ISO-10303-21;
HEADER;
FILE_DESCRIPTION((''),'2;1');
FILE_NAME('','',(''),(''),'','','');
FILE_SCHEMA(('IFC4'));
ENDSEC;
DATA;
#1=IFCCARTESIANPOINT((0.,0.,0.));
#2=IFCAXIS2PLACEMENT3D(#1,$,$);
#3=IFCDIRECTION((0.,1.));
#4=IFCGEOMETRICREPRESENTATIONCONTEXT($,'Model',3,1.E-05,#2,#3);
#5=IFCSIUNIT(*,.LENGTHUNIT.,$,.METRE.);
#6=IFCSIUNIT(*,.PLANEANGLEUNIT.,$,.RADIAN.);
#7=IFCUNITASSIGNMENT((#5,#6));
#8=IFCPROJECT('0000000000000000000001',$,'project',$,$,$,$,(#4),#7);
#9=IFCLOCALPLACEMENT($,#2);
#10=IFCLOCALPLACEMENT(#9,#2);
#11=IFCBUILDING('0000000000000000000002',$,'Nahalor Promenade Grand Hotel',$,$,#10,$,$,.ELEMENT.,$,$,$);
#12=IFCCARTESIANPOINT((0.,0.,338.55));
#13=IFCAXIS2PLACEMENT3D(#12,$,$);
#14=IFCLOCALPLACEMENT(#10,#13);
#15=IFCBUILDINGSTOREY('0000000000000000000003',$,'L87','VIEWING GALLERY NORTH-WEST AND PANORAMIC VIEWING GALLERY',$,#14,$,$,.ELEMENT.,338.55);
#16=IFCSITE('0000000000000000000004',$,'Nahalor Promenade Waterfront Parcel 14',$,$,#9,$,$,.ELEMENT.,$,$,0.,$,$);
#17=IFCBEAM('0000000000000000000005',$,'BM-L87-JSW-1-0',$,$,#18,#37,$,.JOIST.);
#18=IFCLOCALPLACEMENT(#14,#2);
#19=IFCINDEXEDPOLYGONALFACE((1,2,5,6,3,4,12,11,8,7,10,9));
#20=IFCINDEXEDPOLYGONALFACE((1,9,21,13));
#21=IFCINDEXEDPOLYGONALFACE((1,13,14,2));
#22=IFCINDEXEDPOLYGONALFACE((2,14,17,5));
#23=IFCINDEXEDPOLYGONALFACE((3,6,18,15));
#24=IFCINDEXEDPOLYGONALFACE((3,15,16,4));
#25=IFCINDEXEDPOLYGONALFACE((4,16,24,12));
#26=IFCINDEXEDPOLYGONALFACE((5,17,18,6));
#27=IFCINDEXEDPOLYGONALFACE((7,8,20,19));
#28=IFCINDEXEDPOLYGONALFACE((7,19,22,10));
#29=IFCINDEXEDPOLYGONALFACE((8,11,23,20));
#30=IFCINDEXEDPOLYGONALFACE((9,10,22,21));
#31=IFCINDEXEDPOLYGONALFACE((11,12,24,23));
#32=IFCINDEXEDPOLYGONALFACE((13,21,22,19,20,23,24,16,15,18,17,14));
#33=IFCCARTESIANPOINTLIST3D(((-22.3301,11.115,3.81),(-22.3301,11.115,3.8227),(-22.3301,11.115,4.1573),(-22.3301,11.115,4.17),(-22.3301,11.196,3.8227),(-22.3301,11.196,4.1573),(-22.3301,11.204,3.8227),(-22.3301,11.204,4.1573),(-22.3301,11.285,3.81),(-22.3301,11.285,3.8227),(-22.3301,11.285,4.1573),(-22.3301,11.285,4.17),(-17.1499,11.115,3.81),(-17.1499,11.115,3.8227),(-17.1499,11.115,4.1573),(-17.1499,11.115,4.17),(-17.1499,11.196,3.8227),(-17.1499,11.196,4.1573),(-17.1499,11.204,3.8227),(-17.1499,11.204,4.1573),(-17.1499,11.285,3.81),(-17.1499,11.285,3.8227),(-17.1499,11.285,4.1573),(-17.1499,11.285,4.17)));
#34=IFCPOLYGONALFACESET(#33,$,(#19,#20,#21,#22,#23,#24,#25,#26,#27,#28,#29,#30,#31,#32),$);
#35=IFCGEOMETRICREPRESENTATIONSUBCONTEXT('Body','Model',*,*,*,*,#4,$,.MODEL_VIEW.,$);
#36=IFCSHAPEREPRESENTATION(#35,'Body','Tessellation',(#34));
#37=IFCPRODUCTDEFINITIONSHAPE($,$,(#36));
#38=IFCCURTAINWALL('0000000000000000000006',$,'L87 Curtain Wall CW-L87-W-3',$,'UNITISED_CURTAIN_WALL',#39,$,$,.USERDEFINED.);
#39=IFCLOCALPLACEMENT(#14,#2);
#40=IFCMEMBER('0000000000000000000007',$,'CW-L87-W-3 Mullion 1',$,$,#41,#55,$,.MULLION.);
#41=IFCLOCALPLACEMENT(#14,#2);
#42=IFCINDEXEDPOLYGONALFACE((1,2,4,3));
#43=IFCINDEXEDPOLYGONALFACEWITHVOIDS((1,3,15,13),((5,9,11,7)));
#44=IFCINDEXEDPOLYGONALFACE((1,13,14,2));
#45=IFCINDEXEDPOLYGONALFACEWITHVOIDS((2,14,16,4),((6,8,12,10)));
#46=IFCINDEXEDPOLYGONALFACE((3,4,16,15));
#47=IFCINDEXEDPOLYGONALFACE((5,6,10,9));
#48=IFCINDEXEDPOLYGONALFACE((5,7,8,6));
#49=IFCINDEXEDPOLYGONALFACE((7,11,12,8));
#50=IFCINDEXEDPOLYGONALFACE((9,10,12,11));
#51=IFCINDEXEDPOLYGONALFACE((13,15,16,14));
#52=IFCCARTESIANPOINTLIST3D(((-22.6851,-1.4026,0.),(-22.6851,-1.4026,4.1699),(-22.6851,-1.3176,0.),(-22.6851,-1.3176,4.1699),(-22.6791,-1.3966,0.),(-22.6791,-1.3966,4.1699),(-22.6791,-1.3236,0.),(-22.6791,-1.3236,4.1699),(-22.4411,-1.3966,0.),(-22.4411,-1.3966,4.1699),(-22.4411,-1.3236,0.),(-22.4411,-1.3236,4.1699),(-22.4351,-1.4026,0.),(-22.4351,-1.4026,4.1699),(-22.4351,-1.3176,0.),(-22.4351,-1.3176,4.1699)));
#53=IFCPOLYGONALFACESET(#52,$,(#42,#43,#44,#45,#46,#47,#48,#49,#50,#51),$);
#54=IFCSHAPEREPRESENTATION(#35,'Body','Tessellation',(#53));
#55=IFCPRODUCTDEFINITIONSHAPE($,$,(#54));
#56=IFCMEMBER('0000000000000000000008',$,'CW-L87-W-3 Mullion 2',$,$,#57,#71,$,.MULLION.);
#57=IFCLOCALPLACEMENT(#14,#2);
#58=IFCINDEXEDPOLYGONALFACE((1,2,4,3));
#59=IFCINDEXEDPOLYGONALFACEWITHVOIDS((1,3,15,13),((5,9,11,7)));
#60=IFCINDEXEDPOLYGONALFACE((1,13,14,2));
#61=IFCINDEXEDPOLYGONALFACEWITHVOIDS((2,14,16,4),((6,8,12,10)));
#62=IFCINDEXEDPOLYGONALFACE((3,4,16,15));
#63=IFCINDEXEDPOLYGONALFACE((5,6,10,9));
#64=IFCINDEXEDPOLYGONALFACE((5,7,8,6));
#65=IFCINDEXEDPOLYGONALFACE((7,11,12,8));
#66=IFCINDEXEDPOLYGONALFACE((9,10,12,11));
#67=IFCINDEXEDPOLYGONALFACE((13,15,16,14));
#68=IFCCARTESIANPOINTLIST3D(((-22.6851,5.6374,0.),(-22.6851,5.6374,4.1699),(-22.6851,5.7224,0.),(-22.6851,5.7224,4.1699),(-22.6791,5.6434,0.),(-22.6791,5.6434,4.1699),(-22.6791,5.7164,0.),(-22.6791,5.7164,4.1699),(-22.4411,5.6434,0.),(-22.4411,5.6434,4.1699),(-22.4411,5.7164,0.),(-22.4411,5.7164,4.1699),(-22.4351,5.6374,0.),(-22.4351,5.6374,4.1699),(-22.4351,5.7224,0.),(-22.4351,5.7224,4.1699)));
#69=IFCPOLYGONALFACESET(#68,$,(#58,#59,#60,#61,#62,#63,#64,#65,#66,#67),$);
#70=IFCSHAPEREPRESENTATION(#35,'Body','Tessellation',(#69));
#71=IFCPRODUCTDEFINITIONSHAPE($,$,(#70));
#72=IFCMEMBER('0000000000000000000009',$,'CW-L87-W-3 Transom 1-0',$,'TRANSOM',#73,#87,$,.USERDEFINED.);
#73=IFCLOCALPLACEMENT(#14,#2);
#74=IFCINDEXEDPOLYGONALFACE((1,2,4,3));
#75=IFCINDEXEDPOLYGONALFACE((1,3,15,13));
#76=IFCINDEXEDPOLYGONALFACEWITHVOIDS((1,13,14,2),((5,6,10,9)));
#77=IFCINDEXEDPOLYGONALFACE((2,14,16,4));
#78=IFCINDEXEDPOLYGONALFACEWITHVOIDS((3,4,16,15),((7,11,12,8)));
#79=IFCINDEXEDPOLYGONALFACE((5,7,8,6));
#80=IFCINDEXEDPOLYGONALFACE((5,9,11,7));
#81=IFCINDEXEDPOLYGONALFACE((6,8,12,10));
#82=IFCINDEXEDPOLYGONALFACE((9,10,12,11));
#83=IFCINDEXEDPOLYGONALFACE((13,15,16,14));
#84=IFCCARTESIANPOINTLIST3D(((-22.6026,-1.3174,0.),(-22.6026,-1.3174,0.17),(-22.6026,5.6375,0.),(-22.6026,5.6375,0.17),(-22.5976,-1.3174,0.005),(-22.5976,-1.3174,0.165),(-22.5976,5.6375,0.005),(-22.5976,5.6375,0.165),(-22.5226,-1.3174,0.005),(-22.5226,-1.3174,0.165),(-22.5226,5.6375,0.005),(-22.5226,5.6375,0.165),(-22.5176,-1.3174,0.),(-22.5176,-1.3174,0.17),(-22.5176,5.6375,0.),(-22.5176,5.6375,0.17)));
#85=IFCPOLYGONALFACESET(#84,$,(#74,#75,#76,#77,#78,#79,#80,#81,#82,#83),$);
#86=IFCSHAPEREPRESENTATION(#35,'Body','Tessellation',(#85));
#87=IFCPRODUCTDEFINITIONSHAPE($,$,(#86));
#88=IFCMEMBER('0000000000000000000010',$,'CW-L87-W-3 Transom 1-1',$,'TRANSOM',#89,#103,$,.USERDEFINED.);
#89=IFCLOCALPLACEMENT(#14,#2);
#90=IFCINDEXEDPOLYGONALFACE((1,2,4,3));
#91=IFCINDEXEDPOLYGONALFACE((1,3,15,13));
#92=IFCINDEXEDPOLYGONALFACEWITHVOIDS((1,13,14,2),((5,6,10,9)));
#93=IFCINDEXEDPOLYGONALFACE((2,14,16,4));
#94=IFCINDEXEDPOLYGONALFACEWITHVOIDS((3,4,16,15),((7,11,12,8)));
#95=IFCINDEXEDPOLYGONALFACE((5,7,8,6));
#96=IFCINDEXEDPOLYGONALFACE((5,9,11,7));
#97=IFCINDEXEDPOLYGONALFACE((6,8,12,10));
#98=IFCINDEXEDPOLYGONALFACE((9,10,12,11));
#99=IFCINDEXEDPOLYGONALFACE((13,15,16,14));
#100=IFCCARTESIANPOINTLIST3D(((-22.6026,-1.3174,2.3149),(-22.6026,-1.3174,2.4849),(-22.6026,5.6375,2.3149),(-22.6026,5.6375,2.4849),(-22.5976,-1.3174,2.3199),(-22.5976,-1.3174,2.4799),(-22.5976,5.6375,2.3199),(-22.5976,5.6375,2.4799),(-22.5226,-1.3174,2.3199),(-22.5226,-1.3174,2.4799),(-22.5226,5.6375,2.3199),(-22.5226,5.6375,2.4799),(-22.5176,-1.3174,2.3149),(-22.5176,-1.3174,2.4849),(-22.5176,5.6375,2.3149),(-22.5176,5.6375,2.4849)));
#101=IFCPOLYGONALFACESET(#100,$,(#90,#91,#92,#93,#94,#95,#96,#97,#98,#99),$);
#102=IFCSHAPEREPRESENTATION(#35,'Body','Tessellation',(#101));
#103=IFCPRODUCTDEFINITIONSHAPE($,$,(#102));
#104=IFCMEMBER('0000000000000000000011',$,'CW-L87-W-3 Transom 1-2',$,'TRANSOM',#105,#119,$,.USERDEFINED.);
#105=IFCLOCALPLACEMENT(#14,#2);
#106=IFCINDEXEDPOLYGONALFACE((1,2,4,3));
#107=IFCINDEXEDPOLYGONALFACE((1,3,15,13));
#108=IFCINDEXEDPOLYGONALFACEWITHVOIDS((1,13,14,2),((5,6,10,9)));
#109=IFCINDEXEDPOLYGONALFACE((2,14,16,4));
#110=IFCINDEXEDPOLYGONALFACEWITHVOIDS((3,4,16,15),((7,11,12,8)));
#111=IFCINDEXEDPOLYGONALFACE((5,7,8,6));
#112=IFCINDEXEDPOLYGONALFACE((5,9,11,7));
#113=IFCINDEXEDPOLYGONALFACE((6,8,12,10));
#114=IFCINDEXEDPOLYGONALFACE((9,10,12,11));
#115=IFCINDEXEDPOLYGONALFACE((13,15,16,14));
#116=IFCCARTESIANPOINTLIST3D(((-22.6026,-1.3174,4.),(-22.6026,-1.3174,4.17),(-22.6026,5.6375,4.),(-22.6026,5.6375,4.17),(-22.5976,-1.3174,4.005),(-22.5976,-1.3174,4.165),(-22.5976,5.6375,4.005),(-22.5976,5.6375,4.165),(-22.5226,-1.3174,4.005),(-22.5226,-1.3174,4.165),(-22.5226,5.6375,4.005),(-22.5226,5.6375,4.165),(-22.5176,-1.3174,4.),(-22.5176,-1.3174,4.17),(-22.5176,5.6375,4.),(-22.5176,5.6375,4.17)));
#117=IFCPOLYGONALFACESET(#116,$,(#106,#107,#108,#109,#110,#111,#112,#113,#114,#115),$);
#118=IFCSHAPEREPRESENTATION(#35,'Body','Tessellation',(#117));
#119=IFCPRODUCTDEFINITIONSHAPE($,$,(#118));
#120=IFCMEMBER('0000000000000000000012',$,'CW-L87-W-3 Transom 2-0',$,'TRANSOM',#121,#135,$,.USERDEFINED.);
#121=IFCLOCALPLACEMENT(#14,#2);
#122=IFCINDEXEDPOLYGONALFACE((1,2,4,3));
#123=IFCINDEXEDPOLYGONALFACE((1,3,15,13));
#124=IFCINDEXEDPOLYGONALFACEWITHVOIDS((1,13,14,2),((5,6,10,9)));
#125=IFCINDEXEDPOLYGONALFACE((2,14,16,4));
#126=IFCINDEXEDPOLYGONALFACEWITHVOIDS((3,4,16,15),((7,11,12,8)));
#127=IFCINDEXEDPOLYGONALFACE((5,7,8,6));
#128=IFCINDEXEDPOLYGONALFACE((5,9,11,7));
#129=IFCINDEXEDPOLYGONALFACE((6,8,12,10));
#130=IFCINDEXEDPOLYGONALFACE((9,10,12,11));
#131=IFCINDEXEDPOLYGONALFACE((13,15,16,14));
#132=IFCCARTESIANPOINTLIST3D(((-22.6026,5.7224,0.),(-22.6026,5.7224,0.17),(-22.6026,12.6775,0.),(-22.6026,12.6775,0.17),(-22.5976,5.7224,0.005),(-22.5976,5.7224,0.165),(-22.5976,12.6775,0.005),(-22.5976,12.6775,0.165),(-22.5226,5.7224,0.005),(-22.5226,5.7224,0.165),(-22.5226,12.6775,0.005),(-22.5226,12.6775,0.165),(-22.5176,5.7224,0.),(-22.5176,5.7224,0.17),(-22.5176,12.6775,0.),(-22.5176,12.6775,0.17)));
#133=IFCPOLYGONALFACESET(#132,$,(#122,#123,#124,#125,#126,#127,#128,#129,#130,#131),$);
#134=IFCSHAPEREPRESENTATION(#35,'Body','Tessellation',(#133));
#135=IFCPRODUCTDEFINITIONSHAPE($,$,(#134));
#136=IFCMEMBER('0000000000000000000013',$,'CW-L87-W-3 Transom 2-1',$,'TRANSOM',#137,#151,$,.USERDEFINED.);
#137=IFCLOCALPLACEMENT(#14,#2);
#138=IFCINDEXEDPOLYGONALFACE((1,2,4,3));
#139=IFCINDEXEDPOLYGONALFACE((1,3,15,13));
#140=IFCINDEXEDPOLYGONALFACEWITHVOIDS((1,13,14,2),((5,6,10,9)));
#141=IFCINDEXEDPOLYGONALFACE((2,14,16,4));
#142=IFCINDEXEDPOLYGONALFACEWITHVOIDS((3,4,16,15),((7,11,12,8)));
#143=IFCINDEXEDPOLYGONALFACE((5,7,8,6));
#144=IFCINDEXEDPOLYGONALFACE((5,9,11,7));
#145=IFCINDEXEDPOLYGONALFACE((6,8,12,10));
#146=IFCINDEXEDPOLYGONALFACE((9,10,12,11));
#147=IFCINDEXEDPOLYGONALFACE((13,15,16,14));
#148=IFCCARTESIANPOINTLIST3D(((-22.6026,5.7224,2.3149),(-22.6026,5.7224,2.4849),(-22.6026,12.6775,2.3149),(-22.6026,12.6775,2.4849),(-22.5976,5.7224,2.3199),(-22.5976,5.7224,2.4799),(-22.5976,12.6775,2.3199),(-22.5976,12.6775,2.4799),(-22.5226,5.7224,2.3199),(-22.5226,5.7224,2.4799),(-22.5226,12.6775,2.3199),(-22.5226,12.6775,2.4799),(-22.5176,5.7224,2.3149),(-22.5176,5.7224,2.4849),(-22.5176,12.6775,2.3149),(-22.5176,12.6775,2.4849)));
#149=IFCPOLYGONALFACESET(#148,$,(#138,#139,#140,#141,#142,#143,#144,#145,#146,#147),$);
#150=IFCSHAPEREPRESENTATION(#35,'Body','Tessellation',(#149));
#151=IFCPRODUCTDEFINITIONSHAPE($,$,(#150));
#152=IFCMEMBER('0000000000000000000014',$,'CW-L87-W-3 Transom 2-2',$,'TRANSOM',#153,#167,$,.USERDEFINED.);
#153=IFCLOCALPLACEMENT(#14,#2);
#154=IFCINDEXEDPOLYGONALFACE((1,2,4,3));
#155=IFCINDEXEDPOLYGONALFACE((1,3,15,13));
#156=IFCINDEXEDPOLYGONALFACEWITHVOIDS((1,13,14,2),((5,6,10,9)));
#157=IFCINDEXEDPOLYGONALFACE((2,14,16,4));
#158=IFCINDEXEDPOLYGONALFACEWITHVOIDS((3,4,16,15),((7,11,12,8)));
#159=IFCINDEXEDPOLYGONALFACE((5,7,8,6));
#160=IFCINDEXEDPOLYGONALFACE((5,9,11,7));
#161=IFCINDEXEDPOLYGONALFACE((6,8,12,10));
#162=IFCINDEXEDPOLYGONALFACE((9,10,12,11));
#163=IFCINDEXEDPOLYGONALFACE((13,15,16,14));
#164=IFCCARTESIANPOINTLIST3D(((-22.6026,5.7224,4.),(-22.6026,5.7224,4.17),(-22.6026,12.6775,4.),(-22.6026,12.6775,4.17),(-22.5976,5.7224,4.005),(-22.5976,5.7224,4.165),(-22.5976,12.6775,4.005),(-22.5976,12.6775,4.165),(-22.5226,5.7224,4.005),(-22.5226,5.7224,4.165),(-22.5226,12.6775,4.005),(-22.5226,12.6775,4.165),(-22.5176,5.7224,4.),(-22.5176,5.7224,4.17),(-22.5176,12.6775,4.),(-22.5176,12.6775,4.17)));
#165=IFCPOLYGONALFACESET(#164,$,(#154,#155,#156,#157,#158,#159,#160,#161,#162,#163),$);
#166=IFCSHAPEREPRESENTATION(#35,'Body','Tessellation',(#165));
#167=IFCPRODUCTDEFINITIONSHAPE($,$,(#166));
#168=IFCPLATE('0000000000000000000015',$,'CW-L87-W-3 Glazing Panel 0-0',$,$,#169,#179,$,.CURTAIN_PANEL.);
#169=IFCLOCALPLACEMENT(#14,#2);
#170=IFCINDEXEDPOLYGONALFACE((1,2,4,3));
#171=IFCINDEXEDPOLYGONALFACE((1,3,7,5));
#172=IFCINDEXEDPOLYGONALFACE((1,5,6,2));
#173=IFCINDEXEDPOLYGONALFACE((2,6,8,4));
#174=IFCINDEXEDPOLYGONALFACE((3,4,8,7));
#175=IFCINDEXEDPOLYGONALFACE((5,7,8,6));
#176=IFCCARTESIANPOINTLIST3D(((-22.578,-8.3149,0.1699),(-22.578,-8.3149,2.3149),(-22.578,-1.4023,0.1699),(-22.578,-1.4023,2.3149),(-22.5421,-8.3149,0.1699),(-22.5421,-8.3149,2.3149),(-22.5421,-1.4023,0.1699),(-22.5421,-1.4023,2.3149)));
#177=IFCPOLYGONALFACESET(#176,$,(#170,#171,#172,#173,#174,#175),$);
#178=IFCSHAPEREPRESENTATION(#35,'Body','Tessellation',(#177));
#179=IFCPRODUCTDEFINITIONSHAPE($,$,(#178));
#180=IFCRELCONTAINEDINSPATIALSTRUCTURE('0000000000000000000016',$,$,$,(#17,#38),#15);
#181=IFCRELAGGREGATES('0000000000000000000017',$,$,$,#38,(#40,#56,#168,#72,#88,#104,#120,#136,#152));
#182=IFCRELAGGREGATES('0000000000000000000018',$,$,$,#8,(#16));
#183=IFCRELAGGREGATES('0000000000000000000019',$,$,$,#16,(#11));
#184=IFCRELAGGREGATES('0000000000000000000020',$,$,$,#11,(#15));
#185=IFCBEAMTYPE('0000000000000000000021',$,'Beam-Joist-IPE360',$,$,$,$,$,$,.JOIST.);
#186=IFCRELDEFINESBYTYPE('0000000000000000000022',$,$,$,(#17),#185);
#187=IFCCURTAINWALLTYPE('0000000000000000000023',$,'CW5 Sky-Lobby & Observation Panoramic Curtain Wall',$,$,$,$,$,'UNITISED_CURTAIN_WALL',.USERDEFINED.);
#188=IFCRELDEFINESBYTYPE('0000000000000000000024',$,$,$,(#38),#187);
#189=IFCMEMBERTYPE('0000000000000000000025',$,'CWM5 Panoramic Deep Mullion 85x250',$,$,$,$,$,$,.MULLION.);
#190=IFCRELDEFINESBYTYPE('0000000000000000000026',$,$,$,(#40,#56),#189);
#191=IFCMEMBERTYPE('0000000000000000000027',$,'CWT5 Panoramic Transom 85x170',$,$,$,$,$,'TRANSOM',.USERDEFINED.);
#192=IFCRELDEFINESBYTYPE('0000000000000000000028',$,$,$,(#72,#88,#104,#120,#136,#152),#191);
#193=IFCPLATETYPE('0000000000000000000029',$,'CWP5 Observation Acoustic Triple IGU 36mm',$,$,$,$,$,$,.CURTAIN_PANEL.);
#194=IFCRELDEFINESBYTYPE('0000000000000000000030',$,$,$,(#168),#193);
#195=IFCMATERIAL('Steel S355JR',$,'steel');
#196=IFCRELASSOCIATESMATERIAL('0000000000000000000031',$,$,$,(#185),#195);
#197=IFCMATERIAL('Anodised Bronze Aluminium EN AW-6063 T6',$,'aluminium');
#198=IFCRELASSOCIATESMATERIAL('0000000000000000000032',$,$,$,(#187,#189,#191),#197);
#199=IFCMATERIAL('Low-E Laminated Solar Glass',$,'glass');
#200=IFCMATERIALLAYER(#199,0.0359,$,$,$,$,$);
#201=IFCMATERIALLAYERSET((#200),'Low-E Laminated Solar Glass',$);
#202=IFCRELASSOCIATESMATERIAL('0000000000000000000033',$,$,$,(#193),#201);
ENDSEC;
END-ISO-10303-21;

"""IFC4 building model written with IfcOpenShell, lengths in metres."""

from ifc_helpers import new_model, si_unit, direction, frame, origin, origin_2d, place, context, subcontext, project, spatial, rectangle, hollow_rectangle, i_section, extrude, source, transform, mapped, material, layer, layer_set, material_profile, profile_set, type_object, element, aggregate, save


model = new_model("IFC4")

# Units and contexts
model_context = context("Model", 3, precision=1e-05, world=origin(), true_north=direction((0.0, 1.0)))
body_context = subcontext(model_context, "Body", "Model", "MODEL_VIEW")
ifc_project = project(units=[si_unit("LENGTHUNIT", "METRE"), si_unit("PLANEANGLEUNIT", "RADIAN")], contexts=[model_context])

# Site, building, storey
site_placement = place(None, origin())
site = spatial("IfcSite", under=ifc_project, at=site_placement, Name="Nahalor Promenade Waterfront Parcel 14", CompositionType="ELEMENT", RefElevation=0.0)
building_placement = place(site_placement, origin())
building = spatial("IfcBuilding", under=site, at=building_placement, Name="Nahalor Promenade Grand Hotel", CompositionType="ELEMENT")
storey_placement = place(building_placement, frame((0.0, 0.0, 338.55)))
storey = spatial("IfcBuildingStorey", under=building, at=storey_placement, Name="L87", Description="VIEWING GALLERY NORTH-WEST AND PANORAMIC VIEWING GALLERY", CompositionType="ELEMENT", Elevation=338.55)

# Shared definitions
ifc_material_1 = material(Name="Steel S355JR", Category="steel")

# Beam
ifc_material_profile_1 = material_profile(ifc_material_1, i_section(OverallWidth=0.17, OverallDepth=0.36, WebThickness=0.008, FlangeThickness=0.0127, at=origin_2d()), Name="IPE 360")
ifc_profile_set_1 = profile_set([ifc_material_profile_1], Name="Steel S355JR")
beam_type_1 = type_object("IfcBeamType", Name="Beam-Joist-IPE360", PredefinedType="JOIST", material=ifc_profile_set_1)
shared_shape_1 = source(origin(), body_context, "Body", "SweptSolid", [
    extrude(i_section(OverallWidth=0.17, OverallDepth=0.36, WebThickness=0.008, FlangeThickness=0.0127, at=origin_2d()), origin(), (0.0, 0.0, 1.0), 5.1802),
])
beam_1_placement = place(storey_placement, frame((-22.3301, 11.2, 3.99), z_axis=(1.0, 0.0, 0.0), x_axis=(0.0, 1.0, 0.0)))
element("IfcBeam", 1, at=beam_1_placement, inside=storey, type_object=beam_type_1, Name="BM-L87-JSW-1-0", PredefinedType="JOIST", context=body_context, shape_type="MappedRepresentation", body=[
    mapped(shared_shape_1, transform((0.0, 0.0, 0.0), scale=1.0)),
])

# Curtain wall, members, plate
ifc_material_2 = material(Name="Anodised Bronze Aluminium EN AW-6063 T6", Category="aluminium")
curtain_wall_type = type_object("IfcCurtainWallType", Name="CW5 Sky-Lobby & Observation Panoramic Curtain Wall", ElementType="UNITISED_CURTAIN_WALL", PredefinedType="USERDEFINED", material=ifc_material_2)
curtain_wall_placement = place(storey_placement, origin())
curtain_wall = element("IfcCurtainWall", 2, at=curtain_wall_placement, inside=storey, type_object=curtain_wall_type, Name="L87 Curtain Wall CW-L87-W-3", ObjectType="UNITISED_CURTAIN_WALL", PredefinedType="USERDEFINED")
ifc_material_profile_2 = material_profile(ifc_material_2, hollow_rectangle(XDim=0.085, YDim=0.25, WallThickness=0.006, at=origin_2d()), Name="CWM 85x250x6")
ifc_profile_set_2 = profile_set([ifc_material_profile_2], Name="Anodised Bronze Aluminium EN AW-6063 T6")
member_type_1 = type_object("IfcMemberType", Name="CWM5 Panoramic Deep Mullion 85x250", PredefinedType="MULLION", material=ifc_profile_set_2)
shared_shape_2 = source(origin(), body_context, "Body", "SweptSolid", [
    extrude(hollow_rectangle(XDim=0.085, YDim=0.25, WallThickness=0.006, at=origin_2d()), origin(), (0.0, 0.0, 1.0), 4.1699),
])
member_1_placement = place(storey_placement, frame((-22.5601, -1.3601, 0.0), z_axis=(0.0, 0.0, 1.0), x_axis=(0.0, 1.0, 0.0)))
member_1 = element("IfcMember", 3, at=member_1_placement, type_object=member_type_1, Name="CW-L87-W-3 Mullion 1", PredefinedType="MULLION", context=body_context, shape_type="MappedRepresentation", body=[
    mapped(shared_shape_2, transform((0.0, 0.0, 0.0), scale=1.0)),
])
member_2_placement = place(storey_placement, frame((-22.5601, 5.6799, 0.0), z_axis=(0.0, 0.0, 1.0), x_axis=(0.0, 1.0, 0.0)))
member_2 = element("IfcMember", 4, at=member_2_placement, type_object=member_type_1, Name="CW-L87-W-3 Mullion 2", PredefinedType="MULLION", context=body_context, shape_type="MappedRepresentation", body=[
    mapped(shared_shape_2, transform((0.0, 0.0, 0.0), scale=1.0)),
])
ifc_material_profile_3 = material_profile(ifc_material_2, hollow_rectangle(XDim=0.085, YDim=0.17, WallThickness=0.005, at=origin_2d()), Name="CWT 85x170x5")
ifc_profile_set_3 = profile_set([ifc_material_profile_3], Name="Anodised Bronze Aluminium EN AW-6063 T6")
member_type_2 = type_object("IfcMemberType", Name="CWT5 Panoramic Transom 85x170", ElementType="TRANSOM", PredefinedType="USERDEFINED", material=ifc_profile_set_3)
shared_shape_3 = source(origin(), body_context, "Body", "SweptSolid", [
    extrude(hollow_rectangle(XDim=0.085, YDim=0.17, WallThickness=0.005, at=origin_2d()), origin(), (0.0, 0.0, 1.0), 6.9548),
])
member_3_placement = place(storey_placement, frame((-22.5601, -1.3174, 0.085), z_axis=(0.0, 1.0, 0.0), x_axis=(-1.0, 0.0, 0.0)))
member_3 = element("IfcMember", 5, at=member_3_placement, type_object=member_type_2, Name="CW-L87-W-3 Transom 1-0", ObjectType="TRANSOM", PredefinedType="USERDEFINED", context=body_context, shape_type="MappedRepresentation", body=[
    mapped(shared_shape_3, transform((0.0, 0.0, 0.0), scale=1.0)),
])
member_4_placement = place(storey_placement, frame((-22.5601, -1.3174, 2.3999), z_axis=(0.0, 1.0, 0.0), x_axis=(-1.0, 0.0, 0.0)))
member_4 = element("IfcMember", 6, at=member_4_placement, type_object=member_type_2, Name="CW-L87-W-3 Transom 1-1", ObjectType="TRANSOM", PredefinedType="USERDEFINED", context=body_context, shape_type="MappedRepresentation", body=[
    mapped(shared_shape_3, transform((0.0, 0.0, 0.0), scale=1.0)),
])
member_5_placement = place(storey_placement, frame((-22.5601, -1.3174, 4.085), z_axis=(0.0, 1.0, 0.0), x_axis=(-1.0, 0.0, 0.0)))
member_5 = element("IfcMember", 7, at=member_5_placement, type_object=member_type_2, Name="CW-L87-W-3 Transom 1-2", ObjectType="TRANSOM", PredefinedType="USERDEFINED", context=body_context, shape_type="MappedRepresentation", body=[
    mapped(shared_shape_3, transform((0.0, 0.0, 0.0), scale=1.0)),
])
shared_shape_4 = source(origin(), body_context, "Body", "SweptSolid", [
    extrude(hollow_rectangle(XDim=0.085, YDim=0.17, WallThickness=0.005, at=origin_2d()), origin(), (0.0, 0.0, 1.0), 6.9551),
])
member_6_placement = place(storey_placement, frame((-22.5601, 5.7224, 0.085), z_axis=(0.0, 1.0, 0.0), x_axis=(-1.0, 0.0, 0.0)))
member_6 = element("IfcMember", 8, at=member_6_placement, type_object=member_type_2, Name="CW-L87-W-3 Transom 2-0", ObjectType="TRANSOM", PredefinedType="USERDEFINED", context=body_context, shape_type="MappedRepresentation", body=[
    mapped(shared_shape_4, transform((0.0, 0.0, 0.0), scale=1.0)),
])
member_7_placement = place(storey_placement, frame((-22.5601, 5.7224, 2.3999), z_axis=(0.0, 1.0, 0.0), x_axis=(-1.0, 0.0, 0.0)))
member_7 = element("IfcMember", 9, at=member_7_placement, type_object=member_type_2, Name="CW-L87-W-3 Transom 2-1", ObjectType="TRANSOM", PredefinedType="USERDEFINED", context=body_context, shape_type="MappedRepresentation", body=[
    mapped(shared_shape_4, transform((0.0, 0.0, 0.0), scale=1.0)),
])
member_8_placement = place(storey_placement, frame((-22.5601, 5.7224, 4.085), z_axis=(0.0, 1.0, 0.0), x_axis=(-1.0, 0.0, 0.0)))
member_8 = element("IfcMember", 10, at=member_8_placement, type_object=member_type_2, Name="CW-L87-W-3 Transom 2-2", ObjectType="TRANSOM", PredefinedType="USERDEFINED", context=body_context, shape_type="MappedRepresentation", body=[
    mapped(shared_shape_4, transform((0.0, 0.0, 0.0), scale=1.0)),
])
ifc_material_3 = material(Name="Low-E Laminated Solar Glass", Category="glass")
ifc_layer_1 = layer(ifc_material_3, 0.0359)
ifc_layer_set_1 = layer_set([ifc_layer_1], Name="Low-E Laminated Solar Glass")
plate_type = type_object("IfcPlateType", Name="CWP5 Observation Acoustic Triple IGU 36mm", PredefinedType="CURTAIN_PANEL", material=ifc_layer_set_1)
shared_shape_5 = source(origin(), body_context, "Body", "SweptSolid", [
    extrude(rectangle(XDim=6.9126, YDim=0.0359, at=origin_2d()), origin(), (0.0, 0.0, 1.0), 2.145),
])
plate_1_placement = place(storey_placement, frame((-22.5601, -4.8586, 0.1699), z_axis=(0.0, 0.0, 1.0), x_axis=(0.0, 1.0, 0.0)))
plate_1 = element("IfcPlate", 11, at=plate_1_placement, type_object=plate_type, Name="CW-L87-W-3 Glazing Panel 0-0", PredefinedType="CURTAIN_PANEL", context=body_context, shape_type="MappedRepresentation", body=[
    mapped(shared_shape_5, transform((0.0, 0.0, 0.0), scale=1.0)),
])
aggregate(curtain_wall, [member_1, member_2, plate_1, member_3, member_4, member_5, member_6, member_7, member_8])

save(model, "model.ifc")
